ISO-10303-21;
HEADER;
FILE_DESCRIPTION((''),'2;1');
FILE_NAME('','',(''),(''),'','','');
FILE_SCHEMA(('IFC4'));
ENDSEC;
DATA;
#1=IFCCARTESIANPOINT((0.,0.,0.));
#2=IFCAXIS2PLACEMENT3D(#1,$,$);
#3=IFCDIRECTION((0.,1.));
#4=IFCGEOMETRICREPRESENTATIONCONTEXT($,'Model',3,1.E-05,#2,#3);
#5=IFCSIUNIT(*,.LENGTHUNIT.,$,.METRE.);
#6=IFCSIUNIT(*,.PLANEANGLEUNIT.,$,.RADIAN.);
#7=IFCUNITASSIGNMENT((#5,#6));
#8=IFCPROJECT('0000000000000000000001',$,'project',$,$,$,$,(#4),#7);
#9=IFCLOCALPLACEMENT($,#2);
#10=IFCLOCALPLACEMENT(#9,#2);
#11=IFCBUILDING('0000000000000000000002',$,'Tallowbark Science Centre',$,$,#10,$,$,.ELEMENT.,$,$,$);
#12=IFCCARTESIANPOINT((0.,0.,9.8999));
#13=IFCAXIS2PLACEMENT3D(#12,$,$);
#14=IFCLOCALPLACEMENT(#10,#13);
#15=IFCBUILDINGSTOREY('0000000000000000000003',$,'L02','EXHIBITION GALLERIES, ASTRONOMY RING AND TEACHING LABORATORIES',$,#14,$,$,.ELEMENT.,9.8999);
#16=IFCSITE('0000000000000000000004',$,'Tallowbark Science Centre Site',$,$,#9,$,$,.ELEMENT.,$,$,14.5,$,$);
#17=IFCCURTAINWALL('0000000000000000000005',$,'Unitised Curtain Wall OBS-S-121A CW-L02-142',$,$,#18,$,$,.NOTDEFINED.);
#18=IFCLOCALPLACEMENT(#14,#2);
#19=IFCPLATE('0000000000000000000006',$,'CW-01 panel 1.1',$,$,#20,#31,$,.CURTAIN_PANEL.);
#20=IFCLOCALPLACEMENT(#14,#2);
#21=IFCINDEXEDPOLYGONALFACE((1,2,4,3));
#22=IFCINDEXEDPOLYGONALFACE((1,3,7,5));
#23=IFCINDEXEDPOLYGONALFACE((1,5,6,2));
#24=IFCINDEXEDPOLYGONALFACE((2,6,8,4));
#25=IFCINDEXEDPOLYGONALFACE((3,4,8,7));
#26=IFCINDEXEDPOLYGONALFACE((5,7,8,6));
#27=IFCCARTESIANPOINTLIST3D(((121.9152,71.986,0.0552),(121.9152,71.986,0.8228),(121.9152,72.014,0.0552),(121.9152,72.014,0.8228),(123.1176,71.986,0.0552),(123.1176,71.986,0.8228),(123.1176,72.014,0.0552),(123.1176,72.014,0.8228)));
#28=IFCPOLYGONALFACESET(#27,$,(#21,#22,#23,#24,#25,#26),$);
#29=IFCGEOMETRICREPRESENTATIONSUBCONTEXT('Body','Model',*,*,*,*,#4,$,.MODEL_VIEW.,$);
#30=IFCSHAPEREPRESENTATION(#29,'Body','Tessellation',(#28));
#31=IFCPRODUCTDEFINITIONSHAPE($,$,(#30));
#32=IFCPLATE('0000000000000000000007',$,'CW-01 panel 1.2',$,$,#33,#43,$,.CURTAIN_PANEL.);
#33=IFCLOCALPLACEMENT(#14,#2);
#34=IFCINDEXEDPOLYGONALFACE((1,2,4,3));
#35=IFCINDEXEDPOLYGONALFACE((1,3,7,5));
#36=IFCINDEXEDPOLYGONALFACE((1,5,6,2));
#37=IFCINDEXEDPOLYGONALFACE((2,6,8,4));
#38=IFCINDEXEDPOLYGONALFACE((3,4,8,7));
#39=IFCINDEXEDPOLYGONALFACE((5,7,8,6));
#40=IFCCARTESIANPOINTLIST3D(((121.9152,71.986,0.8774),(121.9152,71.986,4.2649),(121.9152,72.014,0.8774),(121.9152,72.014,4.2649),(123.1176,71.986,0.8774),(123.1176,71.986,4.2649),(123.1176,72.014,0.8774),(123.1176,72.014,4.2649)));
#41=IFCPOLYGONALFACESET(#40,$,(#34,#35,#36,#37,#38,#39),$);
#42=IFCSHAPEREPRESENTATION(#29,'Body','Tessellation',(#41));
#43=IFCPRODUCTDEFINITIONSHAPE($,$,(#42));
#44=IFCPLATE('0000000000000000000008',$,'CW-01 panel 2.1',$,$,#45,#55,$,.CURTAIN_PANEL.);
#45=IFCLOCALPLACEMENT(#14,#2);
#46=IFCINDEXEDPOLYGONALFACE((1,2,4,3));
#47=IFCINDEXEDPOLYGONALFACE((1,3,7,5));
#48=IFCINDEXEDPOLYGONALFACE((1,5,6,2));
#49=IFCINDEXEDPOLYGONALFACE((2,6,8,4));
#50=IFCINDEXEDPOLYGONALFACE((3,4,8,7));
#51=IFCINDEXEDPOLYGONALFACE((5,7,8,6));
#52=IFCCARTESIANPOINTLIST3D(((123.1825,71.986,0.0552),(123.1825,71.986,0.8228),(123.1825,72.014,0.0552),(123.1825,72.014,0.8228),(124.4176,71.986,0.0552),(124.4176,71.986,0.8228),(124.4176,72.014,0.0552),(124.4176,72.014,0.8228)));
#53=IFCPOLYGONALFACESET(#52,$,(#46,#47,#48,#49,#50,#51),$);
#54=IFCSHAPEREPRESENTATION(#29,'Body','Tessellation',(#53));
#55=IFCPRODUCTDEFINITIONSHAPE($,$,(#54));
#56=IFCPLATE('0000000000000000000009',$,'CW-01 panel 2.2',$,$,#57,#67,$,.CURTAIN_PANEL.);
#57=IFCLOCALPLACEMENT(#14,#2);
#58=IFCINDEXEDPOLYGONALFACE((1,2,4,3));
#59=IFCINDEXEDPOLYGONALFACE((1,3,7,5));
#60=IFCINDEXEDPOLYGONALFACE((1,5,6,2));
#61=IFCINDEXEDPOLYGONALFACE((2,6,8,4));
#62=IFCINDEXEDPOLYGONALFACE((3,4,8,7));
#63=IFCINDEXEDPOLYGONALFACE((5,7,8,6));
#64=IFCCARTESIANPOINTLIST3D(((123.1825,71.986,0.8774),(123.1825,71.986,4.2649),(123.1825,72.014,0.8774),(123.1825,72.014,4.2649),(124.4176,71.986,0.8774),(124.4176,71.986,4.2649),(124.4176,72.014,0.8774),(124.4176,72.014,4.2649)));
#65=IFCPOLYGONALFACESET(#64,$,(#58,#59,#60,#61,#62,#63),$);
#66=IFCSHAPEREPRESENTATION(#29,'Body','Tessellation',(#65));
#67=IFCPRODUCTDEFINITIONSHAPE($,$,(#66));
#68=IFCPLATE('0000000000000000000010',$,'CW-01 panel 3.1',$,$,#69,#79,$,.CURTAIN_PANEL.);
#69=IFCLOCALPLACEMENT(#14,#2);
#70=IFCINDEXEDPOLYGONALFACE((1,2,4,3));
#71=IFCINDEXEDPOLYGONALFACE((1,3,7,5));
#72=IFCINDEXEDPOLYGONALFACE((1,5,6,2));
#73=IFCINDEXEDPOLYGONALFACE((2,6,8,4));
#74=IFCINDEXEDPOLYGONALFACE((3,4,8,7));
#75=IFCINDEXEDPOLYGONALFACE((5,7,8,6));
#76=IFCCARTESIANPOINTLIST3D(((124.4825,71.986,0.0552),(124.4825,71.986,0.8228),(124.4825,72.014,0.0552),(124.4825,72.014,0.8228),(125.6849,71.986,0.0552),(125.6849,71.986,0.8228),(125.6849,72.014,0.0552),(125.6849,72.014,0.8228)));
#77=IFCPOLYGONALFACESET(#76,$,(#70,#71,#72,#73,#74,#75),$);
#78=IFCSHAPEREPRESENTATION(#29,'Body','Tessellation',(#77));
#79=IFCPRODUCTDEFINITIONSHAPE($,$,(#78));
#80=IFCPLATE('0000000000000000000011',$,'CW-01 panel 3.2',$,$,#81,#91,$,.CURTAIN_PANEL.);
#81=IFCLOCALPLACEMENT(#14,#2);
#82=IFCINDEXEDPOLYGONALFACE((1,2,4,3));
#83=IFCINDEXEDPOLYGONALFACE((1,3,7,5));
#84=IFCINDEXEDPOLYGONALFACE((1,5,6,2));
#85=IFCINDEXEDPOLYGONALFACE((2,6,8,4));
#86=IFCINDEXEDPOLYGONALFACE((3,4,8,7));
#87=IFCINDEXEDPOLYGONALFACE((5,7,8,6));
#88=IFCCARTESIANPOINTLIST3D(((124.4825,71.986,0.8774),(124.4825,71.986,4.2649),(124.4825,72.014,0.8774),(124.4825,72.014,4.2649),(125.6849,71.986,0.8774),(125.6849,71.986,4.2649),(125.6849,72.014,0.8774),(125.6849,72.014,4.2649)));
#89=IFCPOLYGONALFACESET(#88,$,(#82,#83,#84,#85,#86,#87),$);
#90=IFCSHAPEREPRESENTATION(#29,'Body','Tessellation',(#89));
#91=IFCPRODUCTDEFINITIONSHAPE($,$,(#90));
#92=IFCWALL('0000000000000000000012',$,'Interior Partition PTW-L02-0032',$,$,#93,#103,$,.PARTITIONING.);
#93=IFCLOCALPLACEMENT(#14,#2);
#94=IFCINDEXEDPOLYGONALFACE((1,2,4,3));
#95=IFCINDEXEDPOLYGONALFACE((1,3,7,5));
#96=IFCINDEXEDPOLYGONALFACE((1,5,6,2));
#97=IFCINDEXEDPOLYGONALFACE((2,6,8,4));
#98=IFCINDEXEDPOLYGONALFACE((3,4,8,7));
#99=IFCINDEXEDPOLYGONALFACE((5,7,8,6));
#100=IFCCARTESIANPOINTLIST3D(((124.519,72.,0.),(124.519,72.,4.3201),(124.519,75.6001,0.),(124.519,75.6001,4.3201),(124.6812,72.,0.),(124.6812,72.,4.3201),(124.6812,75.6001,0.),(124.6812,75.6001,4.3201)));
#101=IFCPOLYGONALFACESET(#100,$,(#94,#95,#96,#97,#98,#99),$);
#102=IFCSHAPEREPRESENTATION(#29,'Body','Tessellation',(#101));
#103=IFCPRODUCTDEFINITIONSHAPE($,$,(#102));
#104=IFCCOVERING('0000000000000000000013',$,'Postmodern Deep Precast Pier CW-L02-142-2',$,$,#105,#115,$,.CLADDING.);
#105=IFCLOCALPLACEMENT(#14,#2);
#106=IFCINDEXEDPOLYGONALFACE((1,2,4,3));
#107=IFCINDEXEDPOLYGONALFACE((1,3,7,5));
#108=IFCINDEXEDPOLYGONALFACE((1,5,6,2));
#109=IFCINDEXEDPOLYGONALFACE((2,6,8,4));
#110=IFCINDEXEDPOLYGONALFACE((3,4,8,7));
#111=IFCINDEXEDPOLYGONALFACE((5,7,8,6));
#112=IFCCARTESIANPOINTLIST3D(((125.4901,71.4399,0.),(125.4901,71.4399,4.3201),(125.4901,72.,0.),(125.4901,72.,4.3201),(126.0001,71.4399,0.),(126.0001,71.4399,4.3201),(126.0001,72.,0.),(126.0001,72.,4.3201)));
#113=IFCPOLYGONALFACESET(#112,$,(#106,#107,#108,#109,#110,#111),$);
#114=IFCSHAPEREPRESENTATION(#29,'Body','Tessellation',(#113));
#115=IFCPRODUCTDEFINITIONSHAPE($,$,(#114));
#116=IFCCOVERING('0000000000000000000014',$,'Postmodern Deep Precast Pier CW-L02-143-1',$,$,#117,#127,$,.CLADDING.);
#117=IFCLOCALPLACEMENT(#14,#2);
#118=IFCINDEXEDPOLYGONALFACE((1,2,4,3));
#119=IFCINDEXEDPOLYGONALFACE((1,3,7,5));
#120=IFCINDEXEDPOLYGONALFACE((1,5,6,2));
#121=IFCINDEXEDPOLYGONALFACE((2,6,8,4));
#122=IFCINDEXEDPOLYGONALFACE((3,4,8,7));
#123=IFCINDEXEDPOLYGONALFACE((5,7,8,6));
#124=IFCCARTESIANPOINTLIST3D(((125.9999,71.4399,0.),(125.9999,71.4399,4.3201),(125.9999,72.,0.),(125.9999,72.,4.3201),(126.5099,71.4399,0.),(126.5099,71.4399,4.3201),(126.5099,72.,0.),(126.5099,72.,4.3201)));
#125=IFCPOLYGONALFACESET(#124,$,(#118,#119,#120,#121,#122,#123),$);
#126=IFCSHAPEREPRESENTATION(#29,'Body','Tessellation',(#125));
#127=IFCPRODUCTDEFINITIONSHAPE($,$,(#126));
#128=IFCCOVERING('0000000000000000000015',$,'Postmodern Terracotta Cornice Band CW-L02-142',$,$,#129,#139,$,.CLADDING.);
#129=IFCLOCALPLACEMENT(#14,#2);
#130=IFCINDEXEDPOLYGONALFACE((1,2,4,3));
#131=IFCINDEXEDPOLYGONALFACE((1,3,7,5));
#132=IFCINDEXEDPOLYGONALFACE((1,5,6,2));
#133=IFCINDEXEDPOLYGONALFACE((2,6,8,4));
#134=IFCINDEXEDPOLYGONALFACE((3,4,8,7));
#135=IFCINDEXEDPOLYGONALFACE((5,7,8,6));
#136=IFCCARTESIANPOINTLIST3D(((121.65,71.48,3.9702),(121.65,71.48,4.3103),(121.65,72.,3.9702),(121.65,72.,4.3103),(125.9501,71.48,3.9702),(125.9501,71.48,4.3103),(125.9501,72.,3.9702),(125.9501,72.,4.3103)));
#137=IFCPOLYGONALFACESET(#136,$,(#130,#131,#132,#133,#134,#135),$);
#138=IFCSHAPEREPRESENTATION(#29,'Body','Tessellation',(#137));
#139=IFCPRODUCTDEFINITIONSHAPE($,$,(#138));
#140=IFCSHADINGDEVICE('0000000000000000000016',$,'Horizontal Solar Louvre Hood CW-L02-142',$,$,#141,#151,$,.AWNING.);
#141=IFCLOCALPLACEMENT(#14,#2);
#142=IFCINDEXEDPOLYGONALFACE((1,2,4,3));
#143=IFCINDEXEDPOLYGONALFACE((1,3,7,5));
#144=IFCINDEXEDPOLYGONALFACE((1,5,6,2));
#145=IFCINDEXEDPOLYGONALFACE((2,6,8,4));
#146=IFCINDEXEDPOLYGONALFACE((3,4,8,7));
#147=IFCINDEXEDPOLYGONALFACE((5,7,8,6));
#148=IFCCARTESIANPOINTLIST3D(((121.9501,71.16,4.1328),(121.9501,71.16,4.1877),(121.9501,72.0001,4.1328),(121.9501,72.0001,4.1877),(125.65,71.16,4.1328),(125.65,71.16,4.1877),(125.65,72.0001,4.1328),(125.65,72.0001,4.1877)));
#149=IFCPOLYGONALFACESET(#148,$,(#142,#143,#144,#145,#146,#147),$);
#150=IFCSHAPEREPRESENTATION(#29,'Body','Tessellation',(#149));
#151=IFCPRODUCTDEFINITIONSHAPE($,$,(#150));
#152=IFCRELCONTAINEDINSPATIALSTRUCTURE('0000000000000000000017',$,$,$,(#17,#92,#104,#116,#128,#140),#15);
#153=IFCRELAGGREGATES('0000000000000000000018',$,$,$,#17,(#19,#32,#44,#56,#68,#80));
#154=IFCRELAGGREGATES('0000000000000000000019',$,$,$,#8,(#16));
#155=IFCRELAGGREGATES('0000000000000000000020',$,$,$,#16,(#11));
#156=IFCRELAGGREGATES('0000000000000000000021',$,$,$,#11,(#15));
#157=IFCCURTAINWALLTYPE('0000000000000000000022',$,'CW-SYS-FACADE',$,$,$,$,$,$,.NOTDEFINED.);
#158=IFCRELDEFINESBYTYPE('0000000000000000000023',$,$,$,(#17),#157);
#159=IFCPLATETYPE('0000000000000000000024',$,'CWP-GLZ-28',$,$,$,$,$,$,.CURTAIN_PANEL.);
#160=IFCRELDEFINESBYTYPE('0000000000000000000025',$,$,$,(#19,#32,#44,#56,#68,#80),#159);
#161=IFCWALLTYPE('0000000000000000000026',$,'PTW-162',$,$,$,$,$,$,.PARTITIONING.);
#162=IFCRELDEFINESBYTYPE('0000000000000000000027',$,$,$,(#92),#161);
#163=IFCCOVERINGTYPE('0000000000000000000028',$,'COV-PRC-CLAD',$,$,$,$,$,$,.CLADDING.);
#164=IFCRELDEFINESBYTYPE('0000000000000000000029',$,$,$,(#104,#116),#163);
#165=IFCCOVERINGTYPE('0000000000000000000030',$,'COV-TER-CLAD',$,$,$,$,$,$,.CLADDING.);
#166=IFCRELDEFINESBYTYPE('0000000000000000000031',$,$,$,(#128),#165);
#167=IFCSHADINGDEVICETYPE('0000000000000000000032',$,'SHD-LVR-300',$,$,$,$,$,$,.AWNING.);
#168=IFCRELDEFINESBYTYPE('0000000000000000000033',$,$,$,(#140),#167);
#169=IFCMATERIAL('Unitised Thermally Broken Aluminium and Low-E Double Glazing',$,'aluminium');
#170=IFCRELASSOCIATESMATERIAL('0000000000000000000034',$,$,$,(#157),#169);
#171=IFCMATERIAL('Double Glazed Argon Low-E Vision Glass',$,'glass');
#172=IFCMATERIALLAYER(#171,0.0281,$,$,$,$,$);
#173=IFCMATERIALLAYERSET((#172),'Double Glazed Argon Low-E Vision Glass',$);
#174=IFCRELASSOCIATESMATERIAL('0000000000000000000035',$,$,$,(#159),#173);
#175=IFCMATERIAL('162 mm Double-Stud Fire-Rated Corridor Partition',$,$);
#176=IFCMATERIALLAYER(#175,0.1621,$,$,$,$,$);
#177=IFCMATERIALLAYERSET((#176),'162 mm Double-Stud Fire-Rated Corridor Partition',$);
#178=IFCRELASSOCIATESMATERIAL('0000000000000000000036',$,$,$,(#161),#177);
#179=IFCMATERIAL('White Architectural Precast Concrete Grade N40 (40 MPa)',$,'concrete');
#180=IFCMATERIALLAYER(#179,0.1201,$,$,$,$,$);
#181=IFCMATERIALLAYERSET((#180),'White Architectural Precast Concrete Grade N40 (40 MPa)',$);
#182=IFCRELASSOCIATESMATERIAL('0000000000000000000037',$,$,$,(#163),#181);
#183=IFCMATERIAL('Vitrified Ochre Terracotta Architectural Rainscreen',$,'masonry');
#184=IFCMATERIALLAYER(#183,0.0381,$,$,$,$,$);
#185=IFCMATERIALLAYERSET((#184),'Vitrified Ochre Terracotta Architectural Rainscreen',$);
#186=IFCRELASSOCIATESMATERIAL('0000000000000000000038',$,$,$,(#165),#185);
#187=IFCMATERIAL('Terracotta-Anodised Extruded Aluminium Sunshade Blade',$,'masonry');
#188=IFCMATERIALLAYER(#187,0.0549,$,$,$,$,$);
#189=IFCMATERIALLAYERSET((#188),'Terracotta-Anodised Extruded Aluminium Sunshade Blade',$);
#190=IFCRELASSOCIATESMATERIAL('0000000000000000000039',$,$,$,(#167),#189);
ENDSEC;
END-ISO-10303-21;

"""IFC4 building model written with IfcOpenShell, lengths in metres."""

from ifc_helpers import new_model, si_unit, direction, frame, frame_2d, origin, origin_2d, place, context, subcontext, project, spatial, rectangle, extrude, material, layer, layer_set, type_object, element, aggregate, save


model = new_model("IFC4")

# Units and contexts
model_context = context("Model", 3, precision=1e-05, world=origin(), true_north=direction((0.0, 1.0)))
body_context = subcontext(model_context, "Body", "Model", "MODEL_VIEW")
ifc_project = project(units=[si_unit("LENGTHUNIT", "METRE"), si_unit("PLANEANGLEUNIT", "RADIAN")], contexts=[model_context])

# Site, building, storey
site_placement = place(None, origin())
site = spatial("IfcSite", under=ifc_project, at=site_placement, Name="Tallowbark Science Centre Site", CompositionType="ELEMENT", RefElevation=14.5)
building_placement = place(site_placement, origin())
building = spatial("IfcBuilding", under=site, at=building_placement, Name="Tallowbark Science Centre", CompositionType="ELEMENT")
storey_placement = place(building_placement, frame((0.0, 0.0, 9.8999)))
storey = spatial("IfcBuildingStorey", under=building, at=storey_placement, Name="L02", Description="EXHIBITION GALLERIES, ASTRONOMY RING AND TEACHING LABORATORIES", CompositionType="ELEMENT", Elevation=9.8999)

# Curtain wall
ifc_material_1 = material(Name="Unitised Thermally Broken Aluminium and Low-E Double Glazing", Category="aluminium")
curtain_wall_type = type_object("IfcCurtainWallType", Name="CW-SYS-FACADE", PredefinedType="NOTDEFINED", material=ifc_material_1)
curtain_wall_1_placement = place(storey_placement, origin())
curtain_wall_1 = element("IfcCurtainWall", 1, at=curtain_wall_1_placement, inside=storey, type_object=curtain_wall_type, Name="Unitised Curtain Wall OBS-S-121A CW-L02-142", PredefinedType="NOTDEFINED")

# Plates
ifc_material_2 = material(Name="Double Glazed Argon Low-E Vision Glass", Category="glass")
ifc_layer_1 = layer(ifc_material_2, 0.0281)
ifc_layer_set_1 = layer_set([ifc_layer_1], Name="Double Glazed Argon Low-E Vision Glass")
plate_type = type_object("IfcPlateType", Name="CWP-GLZ-28", PredefinedType="CURTAIN_PANEL", material=ifc_layer_set_1)
plate_1_placement = place(storey_placement, frame((122.5164, 72.0, 0.0552), z_axis=(0.0, 0.0, 1.0), x_axis=(1.0, 0.0, 0.0)))
plate_1 = element("IfcPlate", 2, at=plate_1_placement, type_object=plate_type, Name="CW-01 panel 1.1", PredefinedType="CURTAIN_PANEL", context=body_context, shape_type="SweptSolid", body=[
    extrude(rectangle(XDim=1.2024, YDim=0.0281, at=origin_2d()), origin(), (0.0, 0.0, 1.0), 0.7676),
])
plate_2_placement = place(storey_placement, frame((122.5164, 72.0, 0.8774), z_axis=(0.0, 0.0, 1.0), x_axis=(1.0, 0.0, 0.0)))
plate_2 = element("IfcPlate", 3, at=plate_2_placement, type_object=plate_type, Name="CW-01 panel 1.2", PredefinedType="CURTAIN_PANEL", context=body_context, shape_type="SweptSolid", body=[
    extrude(rectangle(XDim=1.2024, YDim=0.0281, at=origin_2d()), origin(), (0.0, 0.0, 1.0), 3.3875),
])
plate_3_placement = place(storey_placement, frame((123.8, 72.0, 0.0552), z_axis=(0.0, 0.0, 1.0), x_axis=(1.0, 0.0, 0.0)))
plate_3 = element("IfcPlate", 4, at=plate_3_placement, type_object=plate_type, Name="CW-01 panel 2.1", PredefinedType="CURTAIN_PANEL", context=body_context, shape_type="SweptSolid", body=[
    extrude(rectangle(XDim=1.2351, YDim=0.0281, at=origin_2d()), origin(), (0.0, 0.0, 1.0), 0.7676),
])
plate_4_placement = place(storey_placement, frame((123.8, 72.0, 0.8774), z_axis=(0.0, 0.0, 1.0), x_axis=(1.0, 0.0, 0.0)))
plate_4 = element("IfcPlate", 5, at=plate_4_placement, type_object=plate_type, Name="CW-01 panel 2.2", PredefinedType="CURTAIN_PANEL", context=body_context, shape_type="SweptSolid", body=[
    extrude(rectangle(XDim=1.2351, YDim=0.0281, at=origin_2d()), origin(), (0.0, 0.0, 1.0), 3.3875),
])
plate_5_placement = place(storey_placement, frame((125.0837, 72.0, 0.0552), z_axis=(0.0, 0.0, 1.0), x_axis=(1.0, 0.0, 0.0)))
plate_5 = element("IfcPlate", 6, at=plate_5_placement, type_object=plate_type, Name="CW-01 panel 3.1", PredefinedType="CURTAIN_PANEL", context=body_context, shape_type="SweptSolid", body=[
    extrude(rectangle(XDim=1.2024, YDim=0.0281, at=origin_2d()), origin(), (0.0, 0.0, 1.0), 0.7676),
])
plate_6_placement = place(storey_placement, frame((125.0837, 72.0, 0.8774), z_axis=(0.0, 0.0, 1.0), x_axis=(1.0, 0.0, 0.0)))
plate_6 = element("IfcPlate", 7, at=plate_6_placement, type_object=plate_type, Name="CW-01 panel 3.2", PredefinedType="CURTAIN_PANEL", context=body_context, shape_type="SweptSolid", body=[
    extrude(rectangle(XDim=1.2024, YDim=0.0281, at=origin_2d()), origin(), (0.0, 0.0, 1.0), 3.3875),
])
aggregate(curtain_wall_1, [plate_1, plate_2, plate_3, plate_4, plate_5, plate_6])

# Wall
ifc_material_3 = material(Name="162 mm Double-Stud Fire-Rated Corridor Partition")
ifc_layer_2 = layer(ifc_material_3, 0.1621)
ifc_layer_set_2 = layer_set([ifc_layer_2], Name="162 mm Double-Stud Fire-Rated Corridor Partition")
wall_type = type_object("IfcWallType", Name="PTW-162", PredefinedType="PARTITIONING", material=ifc_layer_set_2)
wall_placement = place(storey_placement, frame((124.6001, 72.0, 0.0), z_axis=(0.0, 0.0, 1.0), x_axis=(0.0, 1.0, 0.0)))
element("IfcWall", 8, at=wall_placement, inside=storey, type_object=wall_type, Name="Interior Partition PTW-L02-0032", PredefinedType="PARTITIONING", context=body_context, shape_type="SweptSolid", body=[
    extrude(rectangle(XDim=3.6001, YDim=0.1621, at=frame_2d((1.8, 0.0))), origin(), (0.0, 0.0, 1.0), 4.3201),
])

# Coverings
ifc_material_4 = material(Name="White Architectural Precast Concrete Grade N40 (40 MPa)", Category="concrete")
ifc_layer_3 = layer(ifc_material_4, 0.1201)
ifc_layer_set_3 = layer_set([ifc_layer_3], Name="White Architectural Precast Concrete Grade N40 (40 MPa)")
covering_type_1 = type_object("IfcCoveringType", Name="COV-PRC-CLAD", PredefinedType="CLADDING", material=ifc_layer_set_3)
for number, where, z_axis, x_axis, name in (
    (9, (125.7451, 71.72, 0.0), (0.0, 0.0, 1.0), (1.0, 0.0, 0.0), "Postmodern Deep Precast Pier CW-L02-142-2"),
    (10, (126.2549, 71.72, 0.0), (0.0, 0.0, 1.0), (1.0, 0.0, 0.0), "Postmodern Deep Precast Pier CW-L02-143-1"),
):
    element("IfcCovering", number, at=place(storey_placement, frame(where, z_axis=z_axis, x_axis=x_axis)), inside=storey, type_object=covering_type_1, Name=name, PredefinedType="CLADDING", context=body_context, shape_type="SweptSolid", body=[
        extrude(rectangle(XDim=0.51, YDim=0.5601, at=origin_2d()), origin(), (0.0, 0.0, 1.0), 4.3201),
    ])
ifc_material_5 = material(Name="Vitrified Ochre Terracotta Architectural Rainscreen", Category="masonry")
ifc_layer_4 = layer(ifc_material_5, 0.0381)
ifc_layer_set_4 = layer_set([ifc_layer_4], Name="Vitrified Ochre Terracotta Architectural Rainscreen")
covering_type_2 = type_object("IfcCoveringType", Name="COV-TER-CLAD", PredefinedType="CLADDING", material=ifc_layer_set_4)
covering_placement = place(storey_placement, frame((123.8, 71.74, 3.9702), z_axis=(0.0, 0.0, 1.0), x_axis=(1.0, 0.0, 0.0)))
element("IfcCovering", 11, at=covering_placement, inside=storey, type_object=covering_type_2, Name="Postmodern Terracotta Cornice Band CW-L02-142", PredefinedType="CLADDING", context=body_context, shape_type="SweptSolid", body=[
    extrude(rectangle(XDim=4.3, YDim=0.52, at=origin_2d()), origin(), (0.0, 0.0, 1.0), 0.3401),
])

# Shading device
ifc_material_6 = material(Name="Terracotta-Anodised Extruded Aluminium Sunshade Blade", Category="masonry")
ifc_layer_5 = layer(ifc_material_6, 0.0549)
ifc_layer_set_5 = layer_set([ifc_layer_5], Name="Terracotta-Anodised Extruded Aluminium Sunshade Blade")
shading_device_type = type_object("IfcShadingDeviceType", Name="SHD-LVR-300", PredefinedType="AWNING", material=ifc_layer_set_5)
shading_device_placement = place(storey_placement, frame((123.8, 71.5801, 4.1328), z_axis=(0.0, 0.0, 1.0), x_axis=(1.0, 0.0, 0.0)))
element("IfcShadingDevice", 12, at=shading_device_placement, inside=storey, type_object=shading_device_type, Name="Horizontal Solar Louvre Hood CW-L02-142", PredefinedType="AWNING", context=body_context, shape_type="SweptSolid", body=[
    extrude(rectangle(XDim=3.7, YDim=0.8401, at=origin_2d()), origin(), (0.0, 0.0, 1.0), 0.0549),
])

save(model, "model.ifc")
